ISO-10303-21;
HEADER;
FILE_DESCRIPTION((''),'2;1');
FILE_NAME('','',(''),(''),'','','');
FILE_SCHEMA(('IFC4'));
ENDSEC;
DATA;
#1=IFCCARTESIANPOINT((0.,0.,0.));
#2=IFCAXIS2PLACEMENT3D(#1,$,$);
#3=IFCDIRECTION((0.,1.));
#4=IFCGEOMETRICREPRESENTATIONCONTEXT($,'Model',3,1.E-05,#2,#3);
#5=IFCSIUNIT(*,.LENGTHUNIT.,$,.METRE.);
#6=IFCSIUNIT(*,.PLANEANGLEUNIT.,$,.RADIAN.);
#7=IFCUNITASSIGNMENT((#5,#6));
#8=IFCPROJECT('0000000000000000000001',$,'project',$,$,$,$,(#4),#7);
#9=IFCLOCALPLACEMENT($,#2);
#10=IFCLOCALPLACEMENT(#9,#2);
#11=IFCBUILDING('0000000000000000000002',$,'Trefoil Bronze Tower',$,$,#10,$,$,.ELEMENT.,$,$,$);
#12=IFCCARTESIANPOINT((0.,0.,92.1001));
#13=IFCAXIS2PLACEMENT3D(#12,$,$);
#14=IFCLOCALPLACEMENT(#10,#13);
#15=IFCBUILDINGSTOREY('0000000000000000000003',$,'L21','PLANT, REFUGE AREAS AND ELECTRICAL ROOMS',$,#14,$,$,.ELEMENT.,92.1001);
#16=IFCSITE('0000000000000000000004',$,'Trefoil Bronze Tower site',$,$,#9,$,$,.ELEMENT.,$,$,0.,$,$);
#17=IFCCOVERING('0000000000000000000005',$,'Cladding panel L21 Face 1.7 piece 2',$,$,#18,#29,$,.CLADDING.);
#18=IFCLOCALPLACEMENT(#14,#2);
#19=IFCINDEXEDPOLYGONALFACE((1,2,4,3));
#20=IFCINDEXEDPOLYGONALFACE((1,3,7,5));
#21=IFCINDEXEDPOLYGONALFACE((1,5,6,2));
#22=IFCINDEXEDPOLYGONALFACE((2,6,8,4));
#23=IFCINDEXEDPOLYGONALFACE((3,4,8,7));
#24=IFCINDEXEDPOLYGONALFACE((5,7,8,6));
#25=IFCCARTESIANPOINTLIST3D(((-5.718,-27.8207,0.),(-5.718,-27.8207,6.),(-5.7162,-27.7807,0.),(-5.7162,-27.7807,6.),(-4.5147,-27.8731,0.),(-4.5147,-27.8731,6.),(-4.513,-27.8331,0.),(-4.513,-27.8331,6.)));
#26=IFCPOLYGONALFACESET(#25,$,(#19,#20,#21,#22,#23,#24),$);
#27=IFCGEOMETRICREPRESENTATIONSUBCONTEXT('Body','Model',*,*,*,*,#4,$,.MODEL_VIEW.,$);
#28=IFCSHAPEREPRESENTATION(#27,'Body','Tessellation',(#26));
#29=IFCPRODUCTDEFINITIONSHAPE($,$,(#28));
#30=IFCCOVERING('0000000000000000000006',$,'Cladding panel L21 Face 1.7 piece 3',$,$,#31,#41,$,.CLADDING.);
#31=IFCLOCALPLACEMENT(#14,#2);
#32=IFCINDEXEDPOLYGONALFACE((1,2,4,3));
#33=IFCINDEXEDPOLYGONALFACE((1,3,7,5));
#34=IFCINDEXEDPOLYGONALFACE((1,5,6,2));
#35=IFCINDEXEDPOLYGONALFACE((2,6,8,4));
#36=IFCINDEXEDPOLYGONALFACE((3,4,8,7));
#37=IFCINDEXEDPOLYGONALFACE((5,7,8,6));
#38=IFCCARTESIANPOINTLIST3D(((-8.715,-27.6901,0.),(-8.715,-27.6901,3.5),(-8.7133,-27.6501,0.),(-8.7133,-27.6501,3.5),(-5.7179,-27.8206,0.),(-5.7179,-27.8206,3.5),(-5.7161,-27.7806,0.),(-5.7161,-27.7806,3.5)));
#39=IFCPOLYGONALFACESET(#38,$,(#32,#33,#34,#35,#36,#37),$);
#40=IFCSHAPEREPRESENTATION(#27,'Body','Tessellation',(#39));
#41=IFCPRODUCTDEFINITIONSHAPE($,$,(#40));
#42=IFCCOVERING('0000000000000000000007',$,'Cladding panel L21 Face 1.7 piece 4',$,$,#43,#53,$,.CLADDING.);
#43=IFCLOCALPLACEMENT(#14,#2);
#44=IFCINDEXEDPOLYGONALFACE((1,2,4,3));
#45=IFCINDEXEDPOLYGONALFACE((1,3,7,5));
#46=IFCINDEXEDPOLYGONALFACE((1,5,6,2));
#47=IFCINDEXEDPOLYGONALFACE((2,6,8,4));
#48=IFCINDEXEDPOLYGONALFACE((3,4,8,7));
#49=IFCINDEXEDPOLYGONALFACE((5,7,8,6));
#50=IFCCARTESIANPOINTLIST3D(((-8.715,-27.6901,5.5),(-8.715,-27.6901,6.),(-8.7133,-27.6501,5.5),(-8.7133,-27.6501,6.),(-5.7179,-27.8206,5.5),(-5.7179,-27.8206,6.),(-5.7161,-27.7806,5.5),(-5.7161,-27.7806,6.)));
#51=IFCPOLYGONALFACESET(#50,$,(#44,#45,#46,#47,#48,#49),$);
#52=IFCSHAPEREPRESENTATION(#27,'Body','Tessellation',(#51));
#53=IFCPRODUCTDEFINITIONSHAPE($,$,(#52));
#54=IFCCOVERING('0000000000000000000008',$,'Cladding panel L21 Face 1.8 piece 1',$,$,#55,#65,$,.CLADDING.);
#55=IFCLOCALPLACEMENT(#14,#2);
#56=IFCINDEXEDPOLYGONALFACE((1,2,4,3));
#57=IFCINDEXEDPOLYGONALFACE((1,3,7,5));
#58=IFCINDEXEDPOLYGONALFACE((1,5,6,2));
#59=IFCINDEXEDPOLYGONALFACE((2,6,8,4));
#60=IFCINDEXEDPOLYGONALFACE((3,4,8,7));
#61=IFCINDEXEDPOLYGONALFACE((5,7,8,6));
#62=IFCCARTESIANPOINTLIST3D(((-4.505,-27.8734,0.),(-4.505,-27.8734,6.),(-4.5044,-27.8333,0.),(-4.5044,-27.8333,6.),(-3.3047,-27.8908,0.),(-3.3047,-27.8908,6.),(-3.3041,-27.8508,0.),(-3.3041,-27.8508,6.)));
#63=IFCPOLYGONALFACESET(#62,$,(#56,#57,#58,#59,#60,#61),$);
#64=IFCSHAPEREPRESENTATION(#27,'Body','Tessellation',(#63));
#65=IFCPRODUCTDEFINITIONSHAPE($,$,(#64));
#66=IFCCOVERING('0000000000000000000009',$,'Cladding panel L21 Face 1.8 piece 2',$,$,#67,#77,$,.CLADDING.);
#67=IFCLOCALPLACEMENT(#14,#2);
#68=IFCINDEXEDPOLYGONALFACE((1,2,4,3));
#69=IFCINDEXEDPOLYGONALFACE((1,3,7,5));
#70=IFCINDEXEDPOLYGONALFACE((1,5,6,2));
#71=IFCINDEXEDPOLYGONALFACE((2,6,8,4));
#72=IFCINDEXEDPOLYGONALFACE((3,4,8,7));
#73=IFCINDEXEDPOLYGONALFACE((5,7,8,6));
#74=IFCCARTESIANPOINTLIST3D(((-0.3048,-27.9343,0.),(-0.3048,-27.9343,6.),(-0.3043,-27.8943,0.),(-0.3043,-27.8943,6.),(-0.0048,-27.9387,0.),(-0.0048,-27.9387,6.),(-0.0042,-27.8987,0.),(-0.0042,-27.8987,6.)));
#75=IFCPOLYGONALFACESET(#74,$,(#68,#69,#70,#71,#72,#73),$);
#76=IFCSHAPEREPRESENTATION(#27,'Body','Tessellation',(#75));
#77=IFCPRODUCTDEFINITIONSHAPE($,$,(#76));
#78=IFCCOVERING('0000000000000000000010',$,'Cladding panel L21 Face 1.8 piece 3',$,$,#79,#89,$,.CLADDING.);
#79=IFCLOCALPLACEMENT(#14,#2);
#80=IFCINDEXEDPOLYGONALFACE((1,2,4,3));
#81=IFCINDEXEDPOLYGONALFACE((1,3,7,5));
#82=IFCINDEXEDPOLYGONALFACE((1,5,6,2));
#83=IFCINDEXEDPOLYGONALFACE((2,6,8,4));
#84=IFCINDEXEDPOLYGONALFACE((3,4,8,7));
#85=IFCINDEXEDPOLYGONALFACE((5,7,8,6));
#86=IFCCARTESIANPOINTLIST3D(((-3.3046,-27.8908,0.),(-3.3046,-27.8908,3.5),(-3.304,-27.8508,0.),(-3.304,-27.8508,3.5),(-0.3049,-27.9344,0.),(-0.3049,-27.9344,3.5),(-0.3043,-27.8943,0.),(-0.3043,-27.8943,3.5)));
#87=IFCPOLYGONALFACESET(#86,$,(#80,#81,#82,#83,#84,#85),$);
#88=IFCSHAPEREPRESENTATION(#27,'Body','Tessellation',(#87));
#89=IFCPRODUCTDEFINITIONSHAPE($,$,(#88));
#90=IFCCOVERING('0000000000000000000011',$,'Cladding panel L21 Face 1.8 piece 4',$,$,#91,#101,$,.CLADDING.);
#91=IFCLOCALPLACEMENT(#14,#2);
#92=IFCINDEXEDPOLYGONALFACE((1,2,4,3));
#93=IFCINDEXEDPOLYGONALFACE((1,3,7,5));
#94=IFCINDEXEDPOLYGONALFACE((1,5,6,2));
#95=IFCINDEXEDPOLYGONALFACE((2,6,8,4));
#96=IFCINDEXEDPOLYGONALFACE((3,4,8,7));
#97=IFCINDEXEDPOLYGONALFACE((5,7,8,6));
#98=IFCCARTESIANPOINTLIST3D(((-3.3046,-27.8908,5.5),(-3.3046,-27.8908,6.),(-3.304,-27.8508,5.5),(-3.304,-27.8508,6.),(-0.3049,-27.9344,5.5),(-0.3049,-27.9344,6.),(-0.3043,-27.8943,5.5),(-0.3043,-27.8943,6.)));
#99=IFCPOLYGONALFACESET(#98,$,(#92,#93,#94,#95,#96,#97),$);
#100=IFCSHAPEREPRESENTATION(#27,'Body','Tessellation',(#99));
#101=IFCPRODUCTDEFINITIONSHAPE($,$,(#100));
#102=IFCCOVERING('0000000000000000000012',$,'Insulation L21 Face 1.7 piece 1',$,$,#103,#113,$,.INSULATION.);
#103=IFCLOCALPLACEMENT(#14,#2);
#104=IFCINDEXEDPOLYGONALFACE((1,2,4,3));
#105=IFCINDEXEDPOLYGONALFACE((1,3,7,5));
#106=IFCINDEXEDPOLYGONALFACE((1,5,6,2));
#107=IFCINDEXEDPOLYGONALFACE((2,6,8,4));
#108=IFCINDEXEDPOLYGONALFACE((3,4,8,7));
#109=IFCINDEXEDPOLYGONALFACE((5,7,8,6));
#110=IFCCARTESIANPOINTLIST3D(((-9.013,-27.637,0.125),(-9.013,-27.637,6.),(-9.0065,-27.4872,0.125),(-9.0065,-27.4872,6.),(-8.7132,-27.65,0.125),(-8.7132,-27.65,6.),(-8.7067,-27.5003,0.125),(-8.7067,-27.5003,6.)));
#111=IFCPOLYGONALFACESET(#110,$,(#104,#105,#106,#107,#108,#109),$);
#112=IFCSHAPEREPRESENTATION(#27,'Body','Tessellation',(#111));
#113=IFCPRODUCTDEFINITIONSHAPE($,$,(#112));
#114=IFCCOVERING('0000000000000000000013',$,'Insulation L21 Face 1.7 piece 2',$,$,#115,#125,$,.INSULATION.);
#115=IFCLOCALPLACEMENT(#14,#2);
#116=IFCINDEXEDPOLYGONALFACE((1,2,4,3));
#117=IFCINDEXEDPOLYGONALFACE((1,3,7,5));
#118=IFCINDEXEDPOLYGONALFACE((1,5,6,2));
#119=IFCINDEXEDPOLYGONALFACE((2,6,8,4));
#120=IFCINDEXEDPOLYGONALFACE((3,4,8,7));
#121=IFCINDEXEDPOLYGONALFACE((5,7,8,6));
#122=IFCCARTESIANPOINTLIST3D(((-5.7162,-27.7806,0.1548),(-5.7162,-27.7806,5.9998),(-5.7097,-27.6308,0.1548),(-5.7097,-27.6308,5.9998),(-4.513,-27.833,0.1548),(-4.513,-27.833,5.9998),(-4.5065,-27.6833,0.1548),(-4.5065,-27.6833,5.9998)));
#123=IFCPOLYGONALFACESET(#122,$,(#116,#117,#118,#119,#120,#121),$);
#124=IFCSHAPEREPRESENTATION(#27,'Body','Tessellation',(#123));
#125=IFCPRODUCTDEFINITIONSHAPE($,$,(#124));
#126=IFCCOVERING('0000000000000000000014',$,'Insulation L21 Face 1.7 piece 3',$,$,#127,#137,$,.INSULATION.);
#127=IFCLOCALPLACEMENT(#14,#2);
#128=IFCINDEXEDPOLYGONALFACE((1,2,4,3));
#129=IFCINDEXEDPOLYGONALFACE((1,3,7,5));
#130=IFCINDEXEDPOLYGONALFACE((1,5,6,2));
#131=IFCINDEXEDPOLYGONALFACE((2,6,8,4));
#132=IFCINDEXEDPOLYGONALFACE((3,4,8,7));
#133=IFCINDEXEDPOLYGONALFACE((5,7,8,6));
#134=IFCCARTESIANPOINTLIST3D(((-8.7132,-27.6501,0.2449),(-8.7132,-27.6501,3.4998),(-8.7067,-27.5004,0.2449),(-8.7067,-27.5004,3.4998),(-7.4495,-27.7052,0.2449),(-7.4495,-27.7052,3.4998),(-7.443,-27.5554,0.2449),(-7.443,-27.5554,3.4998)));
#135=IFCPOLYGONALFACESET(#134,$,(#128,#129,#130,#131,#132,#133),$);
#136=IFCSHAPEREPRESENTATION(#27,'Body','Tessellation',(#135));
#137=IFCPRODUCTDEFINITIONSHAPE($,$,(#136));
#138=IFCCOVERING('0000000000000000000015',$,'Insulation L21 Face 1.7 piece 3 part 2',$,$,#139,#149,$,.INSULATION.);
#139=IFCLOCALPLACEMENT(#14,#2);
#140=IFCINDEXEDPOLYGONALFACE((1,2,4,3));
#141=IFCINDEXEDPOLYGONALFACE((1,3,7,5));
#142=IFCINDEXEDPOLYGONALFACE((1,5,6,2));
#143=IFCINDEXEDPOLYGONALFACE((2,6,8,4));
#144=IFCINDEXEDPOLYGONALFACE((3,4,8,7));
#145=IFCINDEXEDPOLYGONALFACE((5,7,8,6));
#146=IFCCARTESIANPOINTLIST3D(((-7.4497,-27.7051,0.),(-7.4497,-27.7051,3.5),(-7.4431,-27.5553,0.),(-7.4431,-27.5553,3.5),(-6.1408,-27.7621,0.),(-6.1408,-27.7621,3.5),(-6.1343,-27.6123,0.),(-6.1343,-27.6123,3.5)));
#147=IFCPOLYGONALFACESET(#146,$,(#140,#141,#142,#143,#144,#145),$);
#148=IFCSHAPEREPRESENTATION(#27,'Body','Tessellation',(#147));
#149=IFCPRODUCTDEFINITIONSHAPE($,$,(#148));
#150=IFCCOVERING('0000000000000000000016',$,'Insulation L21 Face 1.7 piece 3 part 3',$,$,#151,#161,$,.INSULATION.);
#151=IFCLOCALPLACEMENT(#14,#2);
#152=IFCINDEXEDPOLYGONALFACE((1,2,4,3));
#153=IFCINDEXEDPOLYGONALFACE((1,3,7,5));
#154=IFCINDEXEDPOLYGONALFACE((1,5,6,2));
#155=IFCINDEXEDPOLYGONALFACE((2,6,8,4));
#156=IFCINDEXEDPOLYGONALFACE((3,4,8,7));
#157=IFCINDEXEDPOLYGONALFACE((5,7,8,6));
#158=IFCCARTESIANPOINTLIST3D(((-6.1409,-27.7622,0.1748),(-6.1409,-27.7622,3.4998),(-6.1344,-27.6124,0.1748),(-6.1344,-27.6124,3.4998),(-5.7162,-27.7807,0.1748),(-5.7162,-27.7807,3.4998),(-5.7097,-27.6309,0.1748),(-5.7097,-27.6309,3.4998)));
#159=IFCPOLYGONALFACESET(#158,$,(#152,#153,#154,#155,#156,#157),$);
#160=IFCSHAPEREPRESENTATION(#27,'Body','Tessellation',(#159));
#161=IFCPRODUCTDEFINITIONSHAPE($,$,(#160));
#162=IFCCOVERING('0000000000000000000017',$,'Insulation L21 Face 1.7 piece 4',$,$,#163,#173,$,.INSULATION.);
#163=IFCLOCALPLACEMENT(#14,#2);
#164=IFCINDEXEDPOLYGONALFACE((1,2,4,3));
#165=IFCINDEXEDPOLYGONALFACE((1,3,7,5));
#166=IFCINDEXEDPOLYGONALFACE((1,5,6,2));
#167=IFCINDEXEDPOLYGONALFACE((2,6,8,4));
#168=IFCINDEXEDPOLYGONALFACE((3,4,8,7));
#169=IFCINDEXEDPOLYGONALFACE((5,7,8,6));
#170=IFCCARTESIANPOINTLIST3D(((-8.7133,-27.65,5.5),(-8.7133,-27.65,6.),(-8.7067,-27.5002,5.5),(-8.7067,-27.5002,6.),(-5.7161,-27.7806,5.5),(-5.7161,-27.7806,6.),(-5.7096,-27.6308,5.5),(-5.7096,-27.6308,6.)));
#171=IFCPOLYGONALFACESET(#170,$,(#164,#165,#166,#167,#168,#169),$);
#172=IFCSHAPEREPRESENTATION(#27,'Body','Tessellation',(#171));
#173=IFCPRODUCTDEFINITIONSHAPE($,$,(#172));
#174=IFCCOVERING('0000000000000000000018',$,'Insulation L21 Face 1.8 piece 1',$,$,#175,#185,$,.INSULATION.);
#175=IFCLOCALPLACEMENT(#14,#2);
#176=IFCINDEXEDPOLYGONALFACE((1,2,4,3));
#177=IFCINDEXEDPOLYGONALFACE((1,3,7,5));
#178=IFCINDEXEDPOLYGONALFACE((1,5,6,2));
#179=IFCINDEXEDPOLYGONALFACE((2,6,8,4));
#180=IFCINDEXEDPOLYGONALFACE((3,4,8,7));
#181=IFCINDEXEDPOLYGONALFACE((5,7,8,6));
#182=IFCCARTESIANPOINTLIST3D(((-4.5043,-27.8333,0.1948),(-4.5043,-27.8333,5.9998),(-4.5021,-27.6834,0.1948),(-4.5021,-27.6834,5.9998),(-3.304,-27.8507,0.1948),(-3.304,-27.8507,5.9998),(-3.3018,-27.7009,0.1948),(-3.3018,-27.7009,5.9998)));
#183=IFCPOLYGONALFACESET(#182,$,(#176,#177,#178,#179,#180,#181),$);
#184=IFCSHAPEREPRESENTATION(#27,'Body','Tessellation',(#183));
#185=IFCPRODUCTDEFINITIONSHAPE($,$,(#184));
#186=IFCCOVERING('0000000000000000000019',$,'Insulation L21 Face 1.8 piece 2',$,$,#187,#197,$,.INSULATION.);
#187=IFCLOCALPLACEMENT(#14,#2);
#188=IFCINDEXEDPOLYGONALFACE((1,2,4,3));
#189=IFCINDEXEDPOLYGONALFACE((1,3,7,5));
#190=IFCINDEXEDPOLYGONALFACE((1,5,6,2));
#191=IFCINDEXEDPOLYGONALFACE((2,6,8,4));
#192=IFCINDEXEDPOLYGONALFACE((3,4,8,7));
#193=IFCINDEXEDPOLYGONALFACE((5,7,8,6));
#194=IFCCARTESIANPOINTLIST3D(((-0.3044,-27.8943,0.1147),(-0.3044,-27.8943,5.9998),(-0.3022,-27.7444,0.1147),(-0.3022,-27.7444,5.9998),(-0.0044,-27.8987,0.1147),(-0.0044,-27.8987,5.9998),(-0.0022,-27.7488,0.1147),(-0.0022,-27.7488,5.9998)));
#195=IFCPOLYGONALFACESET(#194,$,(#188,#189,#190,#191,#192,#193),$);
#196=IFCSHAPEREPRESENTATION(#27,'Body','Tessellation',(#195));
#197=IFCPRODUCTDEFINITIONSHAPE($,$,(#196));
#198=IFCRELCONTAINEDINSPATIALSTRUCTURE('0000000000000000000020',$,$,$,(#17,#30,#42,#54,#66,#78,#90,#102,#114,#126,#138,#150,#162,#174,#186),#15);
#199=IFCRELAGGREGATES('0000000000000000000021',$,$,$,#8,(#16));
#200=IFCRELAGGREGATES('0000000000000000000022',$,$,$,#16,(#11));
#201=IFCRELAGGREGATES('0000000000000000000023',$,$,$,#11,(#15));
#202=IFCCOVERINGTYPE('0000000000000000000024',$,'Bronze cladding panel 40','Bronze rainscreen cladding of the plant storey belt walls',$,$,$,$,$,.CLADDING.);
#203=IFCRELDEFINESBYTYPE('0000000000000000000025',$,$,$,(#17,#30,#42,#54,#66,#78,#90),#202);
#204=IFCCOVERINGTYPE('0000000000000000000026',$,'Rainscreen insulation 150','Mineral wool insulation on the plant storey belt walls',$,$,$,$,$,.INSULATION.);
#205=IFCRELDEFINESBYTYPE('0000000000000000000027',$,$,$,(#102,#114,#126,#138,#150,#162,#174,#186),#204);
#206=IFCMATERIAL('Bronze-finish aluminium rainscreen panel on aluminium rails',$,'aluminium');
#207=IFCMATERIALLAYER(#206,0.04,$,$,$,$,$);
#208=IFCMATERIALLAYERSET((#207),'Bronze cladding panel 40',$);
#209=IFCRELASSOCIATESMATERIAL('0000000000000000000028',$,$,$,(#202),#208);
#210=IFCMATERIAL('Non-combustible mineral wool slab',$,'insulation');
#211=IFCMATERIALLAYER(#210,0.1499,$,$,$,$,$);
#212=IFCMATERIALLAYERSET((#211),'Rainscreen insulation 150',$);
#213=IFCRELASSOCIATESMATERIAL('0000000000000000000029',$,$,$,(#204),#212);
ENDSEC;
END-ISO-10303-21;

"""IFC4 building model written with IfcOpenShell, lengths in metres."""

from ifc_helpers import new_model, si_unit, direction, frame, origin, origin_2d, place, context, subcontext, project, spatial, rectangle, extrude, material, layer, layer_set, type_object, element, save


model = new_model("IFC4")

# Units and contexts
model_context = context("Model", 3, precision=1e-05, world=origin(), true_north=direction((0.0, 1.0)))
body_context = subcontext(model_context, "Body", "Model", "MODEL_VIEW")
ifc_project = project(units=[si_unit("LENGTHUNIT", "METRE"), si_unit("PLANEANGLEUNIT", "RADIAN")], contexts=[model_context])

# Site, building, storey
site_placement = place(None, origin())
site = spatial("IfcSite", under=ifc_project, at=site_placement, Name="Trefoil Bronze Tower site", CompositionType="ELEMENT", RefElevation=0.0)
building_placement = place(site_placement, origin())
building = spatial("IfcBuilding", under=site, at=building_placement, Name="Trefoil Bronze Tower", CompositionType="ELEMENT")
storey_placement = place(building_placement, frame((0.0, 0.0, 92.1001)))
storey = spatial("IfcBuildingStorey", under=building, at=storey_placement, Name="L21", Description="PLANT, REFUGE AREAS AND ELECTRICAL ROOMS", CompositionType="ELEMENT", Elevation=92.1001)

# Coverings
ifc_material_1 = material(Name="Bronze-finish aluminium rainscreen panel on aluminium rails", Category="aluminium")
ifc_layer_1 = layer(ifc_material_1, 0.04)
ifc_layer_set_1 = layer_set([ifc_layer_1], Name="Bronze cladding panel 40")
covering_type_1 = type_object("IfcCoveringType", Name="Bronze cladding panel 40", Description="Bronze rainscreen cladding of the plant storey belt walls", PredefinedType="CLADDING", material=ifc_layer_set_1)
covering_1_placement = place(storey_placement, frame((-5.1155, -27.8269, 0.0), z_axis=(0.0, 0.0, 1.0), x_axis=(0.999052, -0.043528, 0.0)))
element("IfcCovering", 1, at=covering_1_placement, inside=storey, type_object=covering_type_1, Name="Cladding panel L21 Face 1.7 piece 2", PredefinedType="CLADDING", context=body_context, shape_type="SweptSolid", body=[
    extrude(rectangle(XDim=1.2043, YDim=0.04, at=origin_2d()), origin(), (0.0, 0.0, 1.0), 6.0),
])
covering_2_placement = place(storey_placement, frame((-7.2156, -27.7354, 0.0), z_axis=(0.0, 0.0, 1.0), x_axis=(0.999052, -0.043528, 0.0)))
element("IfcCovering", 2, at=covering_2_placement, inside=storey, type_object=covering_type_1, Name="Cladding panel L21 Face 1.7 piece 3", PredefinedType="CLADDING", context=body_context, shape_type="SweptSolid", body=[
    extrude(rectangle(XDim=3.0, YDim=0.04, at=origin_2d()), origin(), (0.0, 0.0, 1.0), 3.5),
])
covering_3_placement = place(storey_placement, frame((-7.2156, -27.7354, 5.5), z_axis=(0.0, 0.0, 1.0), x_axis=(0.999052, -0.043528, 0.0)))
element("IfcCovering", 3, at=covering_3_placement, inside=storey, type_object=covering_type_1, Name="Cladding panel L21 Face 1.7 piece 4", PredefinedType="CLADDING", context=body_context, shape_type="SweptSolid", body=[
    extrude(rectangle(XDim=3.0, YDim=0.04, at=origin_2d()), origin(), (0.0, 0.0, 1.0), 0.5),
])
covering_4_placement = place(storey_placement, frame((-3.9045, -27.8621, 0.0), z_axis=(0.0, 0.0, 1.0), x_axis=(0.999895, -0.014509, 0.0)))
element("IfcCovering", 4, at=covering_4_placement, inside=storey, type_object=covering_type_1, Name="Cladding panel L21 Face 1.8 piece 1", PredefinedType="CLADDING", context=body_context, shape_type="SweptSolid", body=[
    extrude(rectangle(XDim=1.2004, YDim=0.04, at=origin_2d()), origin(), (0.0, 0.0, 1.0), 6.0),
])
covering_5_placement = place(storey_placement, frame((-0.1545, -27.9165, 0.0), z_axis=(0.0, 0.0, 1.0), x_axis=(0.999895, -0.014509, 0.0)))
element("IfcCovering", 5, at=covering_5_placement, inside=storey, type_object=covering_type_1, Name="Cladding panel L21 Face 1.8 piece 2", PredefinedType="CLADDING", context=body_context, shape_type="SweptSolid", body=[
    extrude(rectangle(XDim=0.3, YDim=0.04, at=origin_2d()), origin(), (0.0, 0.0, 1.0), 6.0),
])
covering_6_placement = place(storey_placement, frame((-1.8044, -27.8926, 0.0), z_axis=(0.0, 0.0, 1.0), x_axis=(0.999895, -0.014509, 0.0)))
element("IfcCovering", 6, at=covering_6_placement, inside=storey, type_object=covering_type_1, Name="Cladding panel L21 Face 1.8 piece 3", PredefinedType="CLADDING", context=body_context, shape_type="SweptSolid", body=[
    extrude(rectangle(XDim=3.0, YDim=0.04, at=origin_2d()), origin(), (0.0, 0.0, 1.0), 3.5),
])
covering_7_placement = place(storey_placement, frame((-1.8044, -27.8926, 5.5), z_axis=(0.0, 0.0, 1.0), x_axis=(0.999895, -0.014509, 0.0)))
element("IfcCovering", 7, at=covering_7_placement, inside=storey, type_object=covering_type_1, Name="Cladding panel L21 Face 1.8 piece 4", PredefinedType="CLADDING", context=body_context, shape_type="SweptSolid", body=[
    extrude(rectangle(XDim=3.0, YDim=0.04, at=origin_2d()), origin(), (0.0, 0.0, 1.0), 0.5),
])
ifc_material_2 = material(Name="Non-combustible mineral wool slab", Category="insulation")
ifc_layer_2 = layer(ifc_material_2, 0.1499)
ifc_layer_set_2 = layer_set([ifc_layer_2], Name="Rainscreen insulation 150")
covering_type_2 = type_object("IfcCoveringType", Name="Rainscreen insulation 150", Description="Mineral wool insulation on the plant storey belt walls", PredefinedType="INSULATION", material=ifc_layer_set_2)
covering_8_placement = place(storey_placement, frame((-8.8599, -27.5686, 0.125), z_axis=(0.0, 0.0, 1.0), x_axis=(0.999052, -0.043528, 0.0)))
element("IfcCovering", 8, at=covering_8_placement, inside=storey, type_object=covering_type_2, Name="Insulation L21 Face 1.7 piece 1", PredefinedType="INSULATION", context=body_context, shape_type="SweptSolid", body=[
    extrude(rectangle(XDim=0.3, YDim=0.1499, at=origin_2d()), origin(), (0.0, 0.0, 1.0), 5.875),
])
covering_9_placement = place(storey_placement, frame((-5.1113, -27.7319, 0.1548), z_axis=(0.0, 0.0, 1.0), x_axis=(0.999052, -0.043528, 0.0)))
element("IfcCovering", 9, at=covering_9_placement, inside=storey, type_object=covering_type_2, Name="Insulation L21 Face 1.7 piece 2", PredefinedType="INSULATION", context=body_context, shape_type="SweptSolid", body=[
    extrude(rectangle(XDim=1.2043, YDim=0.1499, at=origin_2d()), origin(), (0.0, 0.0, 1.0), 5.845),
])
covering_10_placement = place(storey_placement, frame((-8.0781, -27.6028, 0.2449), z_axis=(0.0, 0.0, 1.0), x_axis=(0.999052, -0.043528, 0.0)))
element("IfcCovering", 10, at=covering_10_placement, inside=storey, type_object=covering_type_2, Name="Insulation L21 Face 1.7 piece 3", PredefinedType="INSULATION", context=body_context, shape_type="SweptSolid", body=[
    extrude(rectangle(XDim=1.2649, YDim=0.1499, at=origin_2d()), origin(), (0.0, 0.0, 1.0), 3.2549),
])
covering_11_placement = place(storey_placement, frame((-6.792, -27.6587, 0.0), z_axis=(0.0, 0.0, 1.0), x_axis=(0.999052, -0.043528, 0.0)))
element("IfcCovering", 11, at=covering_11_placement, inside=storey, type_object=covering_type_2, Name="Insulation L21 Face 1.7 piece 3 part 2", PredefinedType="INSULATION", context=body_context, shape_type="SweptSolid", body=[
    extrude(rectangle(XDim=1.3101, YDim=0.1499, at=origin_2d()), origin(), (0.0, 0.0, 1.0), 3.5),
])
covering_12_placement = place(storey_placement, frame((-5.9253, -27.6965, 0.1748), z_axis=(0.0, 0.0, 1.0), x_axis=(0.999052, -0.043528, 0.0)))
element("IfcCovering", 12, at=covering_12_placement, inside=storey, type_object=covering_type_2, Name="Insulation L21 Face 1.7 piece 3 part 3", PredefinedType="INSULATION", context=body_context, shape_type="SweptSolid", body=[
    extrude(rectangle(XDim=0.425, YDim=0.1499, at=origin_2d()), origin(), (0.0, 0.0, 1.0), 3.325),
])
covering_13_placement = place(storey_placement, frame((-7.2114, -27.6404, 5.5), z_axis=(0.0, 0.0, 1.0), x_axis=(0.999052, -0.043528, 0.0)))
element("IfcCovering", 13, at=covering_13_placement, inside=storey, type_object=covering_type_2, Name="Insulation L21 Face 1.7 piece 4", PredefinedType="INSULATION", context=body_context, shape_type="SweptSolid", body=[
    extrude(rectangle(XDim=3.0, YDim=0.1499, at=origin_2d()), origin(), (0.0, 0.0, 1.0), 0.5),
])
covering_14_placement = place(storey_placement, frame((-3.9031, -27.7671, 0.1948), z_axis=(0.0, 0.0, 1.0), x_axis=(0.999895, -0.014509, 0.0)))
element("IfcCovering", 14, at=covering_14_placement, inside=storey, type_object=covering_type_2, Name="Insulation L21 Face 1.8 piece 1", PredefinedType="INSULATION", context=body_context, shape_type="SweptSolid", body=[
    extrude(rectangle(XDim=1.2004, YDim=0.1499, at=origin_2d()), origin(), (0.0, 0.0, 1.0), 5.8049),
])
covering_15_placement = place(storey_placement, frame((-0.1533, -27.8215, 0.1147), z_axis=(0.0, 0.0, 1.0), x_axis=(0.999895, -0.014509, 0.0)))
element("IfcCovering", 15, at=covering_15_placement, inside=storey, type_object=covering_type_2, Name="Insulation L21 Face 1.8 piece 2", PredefinedType="INSULATION", context=body_context, shape_type="SweptSolid", body=[
    extrude(rectangle(XDim=0.3, YDim=0.1499, at=origin_2d()), origin(), (0.0, 0.0, 1.0), 5.885),
])

save(model, "model.ifc")
